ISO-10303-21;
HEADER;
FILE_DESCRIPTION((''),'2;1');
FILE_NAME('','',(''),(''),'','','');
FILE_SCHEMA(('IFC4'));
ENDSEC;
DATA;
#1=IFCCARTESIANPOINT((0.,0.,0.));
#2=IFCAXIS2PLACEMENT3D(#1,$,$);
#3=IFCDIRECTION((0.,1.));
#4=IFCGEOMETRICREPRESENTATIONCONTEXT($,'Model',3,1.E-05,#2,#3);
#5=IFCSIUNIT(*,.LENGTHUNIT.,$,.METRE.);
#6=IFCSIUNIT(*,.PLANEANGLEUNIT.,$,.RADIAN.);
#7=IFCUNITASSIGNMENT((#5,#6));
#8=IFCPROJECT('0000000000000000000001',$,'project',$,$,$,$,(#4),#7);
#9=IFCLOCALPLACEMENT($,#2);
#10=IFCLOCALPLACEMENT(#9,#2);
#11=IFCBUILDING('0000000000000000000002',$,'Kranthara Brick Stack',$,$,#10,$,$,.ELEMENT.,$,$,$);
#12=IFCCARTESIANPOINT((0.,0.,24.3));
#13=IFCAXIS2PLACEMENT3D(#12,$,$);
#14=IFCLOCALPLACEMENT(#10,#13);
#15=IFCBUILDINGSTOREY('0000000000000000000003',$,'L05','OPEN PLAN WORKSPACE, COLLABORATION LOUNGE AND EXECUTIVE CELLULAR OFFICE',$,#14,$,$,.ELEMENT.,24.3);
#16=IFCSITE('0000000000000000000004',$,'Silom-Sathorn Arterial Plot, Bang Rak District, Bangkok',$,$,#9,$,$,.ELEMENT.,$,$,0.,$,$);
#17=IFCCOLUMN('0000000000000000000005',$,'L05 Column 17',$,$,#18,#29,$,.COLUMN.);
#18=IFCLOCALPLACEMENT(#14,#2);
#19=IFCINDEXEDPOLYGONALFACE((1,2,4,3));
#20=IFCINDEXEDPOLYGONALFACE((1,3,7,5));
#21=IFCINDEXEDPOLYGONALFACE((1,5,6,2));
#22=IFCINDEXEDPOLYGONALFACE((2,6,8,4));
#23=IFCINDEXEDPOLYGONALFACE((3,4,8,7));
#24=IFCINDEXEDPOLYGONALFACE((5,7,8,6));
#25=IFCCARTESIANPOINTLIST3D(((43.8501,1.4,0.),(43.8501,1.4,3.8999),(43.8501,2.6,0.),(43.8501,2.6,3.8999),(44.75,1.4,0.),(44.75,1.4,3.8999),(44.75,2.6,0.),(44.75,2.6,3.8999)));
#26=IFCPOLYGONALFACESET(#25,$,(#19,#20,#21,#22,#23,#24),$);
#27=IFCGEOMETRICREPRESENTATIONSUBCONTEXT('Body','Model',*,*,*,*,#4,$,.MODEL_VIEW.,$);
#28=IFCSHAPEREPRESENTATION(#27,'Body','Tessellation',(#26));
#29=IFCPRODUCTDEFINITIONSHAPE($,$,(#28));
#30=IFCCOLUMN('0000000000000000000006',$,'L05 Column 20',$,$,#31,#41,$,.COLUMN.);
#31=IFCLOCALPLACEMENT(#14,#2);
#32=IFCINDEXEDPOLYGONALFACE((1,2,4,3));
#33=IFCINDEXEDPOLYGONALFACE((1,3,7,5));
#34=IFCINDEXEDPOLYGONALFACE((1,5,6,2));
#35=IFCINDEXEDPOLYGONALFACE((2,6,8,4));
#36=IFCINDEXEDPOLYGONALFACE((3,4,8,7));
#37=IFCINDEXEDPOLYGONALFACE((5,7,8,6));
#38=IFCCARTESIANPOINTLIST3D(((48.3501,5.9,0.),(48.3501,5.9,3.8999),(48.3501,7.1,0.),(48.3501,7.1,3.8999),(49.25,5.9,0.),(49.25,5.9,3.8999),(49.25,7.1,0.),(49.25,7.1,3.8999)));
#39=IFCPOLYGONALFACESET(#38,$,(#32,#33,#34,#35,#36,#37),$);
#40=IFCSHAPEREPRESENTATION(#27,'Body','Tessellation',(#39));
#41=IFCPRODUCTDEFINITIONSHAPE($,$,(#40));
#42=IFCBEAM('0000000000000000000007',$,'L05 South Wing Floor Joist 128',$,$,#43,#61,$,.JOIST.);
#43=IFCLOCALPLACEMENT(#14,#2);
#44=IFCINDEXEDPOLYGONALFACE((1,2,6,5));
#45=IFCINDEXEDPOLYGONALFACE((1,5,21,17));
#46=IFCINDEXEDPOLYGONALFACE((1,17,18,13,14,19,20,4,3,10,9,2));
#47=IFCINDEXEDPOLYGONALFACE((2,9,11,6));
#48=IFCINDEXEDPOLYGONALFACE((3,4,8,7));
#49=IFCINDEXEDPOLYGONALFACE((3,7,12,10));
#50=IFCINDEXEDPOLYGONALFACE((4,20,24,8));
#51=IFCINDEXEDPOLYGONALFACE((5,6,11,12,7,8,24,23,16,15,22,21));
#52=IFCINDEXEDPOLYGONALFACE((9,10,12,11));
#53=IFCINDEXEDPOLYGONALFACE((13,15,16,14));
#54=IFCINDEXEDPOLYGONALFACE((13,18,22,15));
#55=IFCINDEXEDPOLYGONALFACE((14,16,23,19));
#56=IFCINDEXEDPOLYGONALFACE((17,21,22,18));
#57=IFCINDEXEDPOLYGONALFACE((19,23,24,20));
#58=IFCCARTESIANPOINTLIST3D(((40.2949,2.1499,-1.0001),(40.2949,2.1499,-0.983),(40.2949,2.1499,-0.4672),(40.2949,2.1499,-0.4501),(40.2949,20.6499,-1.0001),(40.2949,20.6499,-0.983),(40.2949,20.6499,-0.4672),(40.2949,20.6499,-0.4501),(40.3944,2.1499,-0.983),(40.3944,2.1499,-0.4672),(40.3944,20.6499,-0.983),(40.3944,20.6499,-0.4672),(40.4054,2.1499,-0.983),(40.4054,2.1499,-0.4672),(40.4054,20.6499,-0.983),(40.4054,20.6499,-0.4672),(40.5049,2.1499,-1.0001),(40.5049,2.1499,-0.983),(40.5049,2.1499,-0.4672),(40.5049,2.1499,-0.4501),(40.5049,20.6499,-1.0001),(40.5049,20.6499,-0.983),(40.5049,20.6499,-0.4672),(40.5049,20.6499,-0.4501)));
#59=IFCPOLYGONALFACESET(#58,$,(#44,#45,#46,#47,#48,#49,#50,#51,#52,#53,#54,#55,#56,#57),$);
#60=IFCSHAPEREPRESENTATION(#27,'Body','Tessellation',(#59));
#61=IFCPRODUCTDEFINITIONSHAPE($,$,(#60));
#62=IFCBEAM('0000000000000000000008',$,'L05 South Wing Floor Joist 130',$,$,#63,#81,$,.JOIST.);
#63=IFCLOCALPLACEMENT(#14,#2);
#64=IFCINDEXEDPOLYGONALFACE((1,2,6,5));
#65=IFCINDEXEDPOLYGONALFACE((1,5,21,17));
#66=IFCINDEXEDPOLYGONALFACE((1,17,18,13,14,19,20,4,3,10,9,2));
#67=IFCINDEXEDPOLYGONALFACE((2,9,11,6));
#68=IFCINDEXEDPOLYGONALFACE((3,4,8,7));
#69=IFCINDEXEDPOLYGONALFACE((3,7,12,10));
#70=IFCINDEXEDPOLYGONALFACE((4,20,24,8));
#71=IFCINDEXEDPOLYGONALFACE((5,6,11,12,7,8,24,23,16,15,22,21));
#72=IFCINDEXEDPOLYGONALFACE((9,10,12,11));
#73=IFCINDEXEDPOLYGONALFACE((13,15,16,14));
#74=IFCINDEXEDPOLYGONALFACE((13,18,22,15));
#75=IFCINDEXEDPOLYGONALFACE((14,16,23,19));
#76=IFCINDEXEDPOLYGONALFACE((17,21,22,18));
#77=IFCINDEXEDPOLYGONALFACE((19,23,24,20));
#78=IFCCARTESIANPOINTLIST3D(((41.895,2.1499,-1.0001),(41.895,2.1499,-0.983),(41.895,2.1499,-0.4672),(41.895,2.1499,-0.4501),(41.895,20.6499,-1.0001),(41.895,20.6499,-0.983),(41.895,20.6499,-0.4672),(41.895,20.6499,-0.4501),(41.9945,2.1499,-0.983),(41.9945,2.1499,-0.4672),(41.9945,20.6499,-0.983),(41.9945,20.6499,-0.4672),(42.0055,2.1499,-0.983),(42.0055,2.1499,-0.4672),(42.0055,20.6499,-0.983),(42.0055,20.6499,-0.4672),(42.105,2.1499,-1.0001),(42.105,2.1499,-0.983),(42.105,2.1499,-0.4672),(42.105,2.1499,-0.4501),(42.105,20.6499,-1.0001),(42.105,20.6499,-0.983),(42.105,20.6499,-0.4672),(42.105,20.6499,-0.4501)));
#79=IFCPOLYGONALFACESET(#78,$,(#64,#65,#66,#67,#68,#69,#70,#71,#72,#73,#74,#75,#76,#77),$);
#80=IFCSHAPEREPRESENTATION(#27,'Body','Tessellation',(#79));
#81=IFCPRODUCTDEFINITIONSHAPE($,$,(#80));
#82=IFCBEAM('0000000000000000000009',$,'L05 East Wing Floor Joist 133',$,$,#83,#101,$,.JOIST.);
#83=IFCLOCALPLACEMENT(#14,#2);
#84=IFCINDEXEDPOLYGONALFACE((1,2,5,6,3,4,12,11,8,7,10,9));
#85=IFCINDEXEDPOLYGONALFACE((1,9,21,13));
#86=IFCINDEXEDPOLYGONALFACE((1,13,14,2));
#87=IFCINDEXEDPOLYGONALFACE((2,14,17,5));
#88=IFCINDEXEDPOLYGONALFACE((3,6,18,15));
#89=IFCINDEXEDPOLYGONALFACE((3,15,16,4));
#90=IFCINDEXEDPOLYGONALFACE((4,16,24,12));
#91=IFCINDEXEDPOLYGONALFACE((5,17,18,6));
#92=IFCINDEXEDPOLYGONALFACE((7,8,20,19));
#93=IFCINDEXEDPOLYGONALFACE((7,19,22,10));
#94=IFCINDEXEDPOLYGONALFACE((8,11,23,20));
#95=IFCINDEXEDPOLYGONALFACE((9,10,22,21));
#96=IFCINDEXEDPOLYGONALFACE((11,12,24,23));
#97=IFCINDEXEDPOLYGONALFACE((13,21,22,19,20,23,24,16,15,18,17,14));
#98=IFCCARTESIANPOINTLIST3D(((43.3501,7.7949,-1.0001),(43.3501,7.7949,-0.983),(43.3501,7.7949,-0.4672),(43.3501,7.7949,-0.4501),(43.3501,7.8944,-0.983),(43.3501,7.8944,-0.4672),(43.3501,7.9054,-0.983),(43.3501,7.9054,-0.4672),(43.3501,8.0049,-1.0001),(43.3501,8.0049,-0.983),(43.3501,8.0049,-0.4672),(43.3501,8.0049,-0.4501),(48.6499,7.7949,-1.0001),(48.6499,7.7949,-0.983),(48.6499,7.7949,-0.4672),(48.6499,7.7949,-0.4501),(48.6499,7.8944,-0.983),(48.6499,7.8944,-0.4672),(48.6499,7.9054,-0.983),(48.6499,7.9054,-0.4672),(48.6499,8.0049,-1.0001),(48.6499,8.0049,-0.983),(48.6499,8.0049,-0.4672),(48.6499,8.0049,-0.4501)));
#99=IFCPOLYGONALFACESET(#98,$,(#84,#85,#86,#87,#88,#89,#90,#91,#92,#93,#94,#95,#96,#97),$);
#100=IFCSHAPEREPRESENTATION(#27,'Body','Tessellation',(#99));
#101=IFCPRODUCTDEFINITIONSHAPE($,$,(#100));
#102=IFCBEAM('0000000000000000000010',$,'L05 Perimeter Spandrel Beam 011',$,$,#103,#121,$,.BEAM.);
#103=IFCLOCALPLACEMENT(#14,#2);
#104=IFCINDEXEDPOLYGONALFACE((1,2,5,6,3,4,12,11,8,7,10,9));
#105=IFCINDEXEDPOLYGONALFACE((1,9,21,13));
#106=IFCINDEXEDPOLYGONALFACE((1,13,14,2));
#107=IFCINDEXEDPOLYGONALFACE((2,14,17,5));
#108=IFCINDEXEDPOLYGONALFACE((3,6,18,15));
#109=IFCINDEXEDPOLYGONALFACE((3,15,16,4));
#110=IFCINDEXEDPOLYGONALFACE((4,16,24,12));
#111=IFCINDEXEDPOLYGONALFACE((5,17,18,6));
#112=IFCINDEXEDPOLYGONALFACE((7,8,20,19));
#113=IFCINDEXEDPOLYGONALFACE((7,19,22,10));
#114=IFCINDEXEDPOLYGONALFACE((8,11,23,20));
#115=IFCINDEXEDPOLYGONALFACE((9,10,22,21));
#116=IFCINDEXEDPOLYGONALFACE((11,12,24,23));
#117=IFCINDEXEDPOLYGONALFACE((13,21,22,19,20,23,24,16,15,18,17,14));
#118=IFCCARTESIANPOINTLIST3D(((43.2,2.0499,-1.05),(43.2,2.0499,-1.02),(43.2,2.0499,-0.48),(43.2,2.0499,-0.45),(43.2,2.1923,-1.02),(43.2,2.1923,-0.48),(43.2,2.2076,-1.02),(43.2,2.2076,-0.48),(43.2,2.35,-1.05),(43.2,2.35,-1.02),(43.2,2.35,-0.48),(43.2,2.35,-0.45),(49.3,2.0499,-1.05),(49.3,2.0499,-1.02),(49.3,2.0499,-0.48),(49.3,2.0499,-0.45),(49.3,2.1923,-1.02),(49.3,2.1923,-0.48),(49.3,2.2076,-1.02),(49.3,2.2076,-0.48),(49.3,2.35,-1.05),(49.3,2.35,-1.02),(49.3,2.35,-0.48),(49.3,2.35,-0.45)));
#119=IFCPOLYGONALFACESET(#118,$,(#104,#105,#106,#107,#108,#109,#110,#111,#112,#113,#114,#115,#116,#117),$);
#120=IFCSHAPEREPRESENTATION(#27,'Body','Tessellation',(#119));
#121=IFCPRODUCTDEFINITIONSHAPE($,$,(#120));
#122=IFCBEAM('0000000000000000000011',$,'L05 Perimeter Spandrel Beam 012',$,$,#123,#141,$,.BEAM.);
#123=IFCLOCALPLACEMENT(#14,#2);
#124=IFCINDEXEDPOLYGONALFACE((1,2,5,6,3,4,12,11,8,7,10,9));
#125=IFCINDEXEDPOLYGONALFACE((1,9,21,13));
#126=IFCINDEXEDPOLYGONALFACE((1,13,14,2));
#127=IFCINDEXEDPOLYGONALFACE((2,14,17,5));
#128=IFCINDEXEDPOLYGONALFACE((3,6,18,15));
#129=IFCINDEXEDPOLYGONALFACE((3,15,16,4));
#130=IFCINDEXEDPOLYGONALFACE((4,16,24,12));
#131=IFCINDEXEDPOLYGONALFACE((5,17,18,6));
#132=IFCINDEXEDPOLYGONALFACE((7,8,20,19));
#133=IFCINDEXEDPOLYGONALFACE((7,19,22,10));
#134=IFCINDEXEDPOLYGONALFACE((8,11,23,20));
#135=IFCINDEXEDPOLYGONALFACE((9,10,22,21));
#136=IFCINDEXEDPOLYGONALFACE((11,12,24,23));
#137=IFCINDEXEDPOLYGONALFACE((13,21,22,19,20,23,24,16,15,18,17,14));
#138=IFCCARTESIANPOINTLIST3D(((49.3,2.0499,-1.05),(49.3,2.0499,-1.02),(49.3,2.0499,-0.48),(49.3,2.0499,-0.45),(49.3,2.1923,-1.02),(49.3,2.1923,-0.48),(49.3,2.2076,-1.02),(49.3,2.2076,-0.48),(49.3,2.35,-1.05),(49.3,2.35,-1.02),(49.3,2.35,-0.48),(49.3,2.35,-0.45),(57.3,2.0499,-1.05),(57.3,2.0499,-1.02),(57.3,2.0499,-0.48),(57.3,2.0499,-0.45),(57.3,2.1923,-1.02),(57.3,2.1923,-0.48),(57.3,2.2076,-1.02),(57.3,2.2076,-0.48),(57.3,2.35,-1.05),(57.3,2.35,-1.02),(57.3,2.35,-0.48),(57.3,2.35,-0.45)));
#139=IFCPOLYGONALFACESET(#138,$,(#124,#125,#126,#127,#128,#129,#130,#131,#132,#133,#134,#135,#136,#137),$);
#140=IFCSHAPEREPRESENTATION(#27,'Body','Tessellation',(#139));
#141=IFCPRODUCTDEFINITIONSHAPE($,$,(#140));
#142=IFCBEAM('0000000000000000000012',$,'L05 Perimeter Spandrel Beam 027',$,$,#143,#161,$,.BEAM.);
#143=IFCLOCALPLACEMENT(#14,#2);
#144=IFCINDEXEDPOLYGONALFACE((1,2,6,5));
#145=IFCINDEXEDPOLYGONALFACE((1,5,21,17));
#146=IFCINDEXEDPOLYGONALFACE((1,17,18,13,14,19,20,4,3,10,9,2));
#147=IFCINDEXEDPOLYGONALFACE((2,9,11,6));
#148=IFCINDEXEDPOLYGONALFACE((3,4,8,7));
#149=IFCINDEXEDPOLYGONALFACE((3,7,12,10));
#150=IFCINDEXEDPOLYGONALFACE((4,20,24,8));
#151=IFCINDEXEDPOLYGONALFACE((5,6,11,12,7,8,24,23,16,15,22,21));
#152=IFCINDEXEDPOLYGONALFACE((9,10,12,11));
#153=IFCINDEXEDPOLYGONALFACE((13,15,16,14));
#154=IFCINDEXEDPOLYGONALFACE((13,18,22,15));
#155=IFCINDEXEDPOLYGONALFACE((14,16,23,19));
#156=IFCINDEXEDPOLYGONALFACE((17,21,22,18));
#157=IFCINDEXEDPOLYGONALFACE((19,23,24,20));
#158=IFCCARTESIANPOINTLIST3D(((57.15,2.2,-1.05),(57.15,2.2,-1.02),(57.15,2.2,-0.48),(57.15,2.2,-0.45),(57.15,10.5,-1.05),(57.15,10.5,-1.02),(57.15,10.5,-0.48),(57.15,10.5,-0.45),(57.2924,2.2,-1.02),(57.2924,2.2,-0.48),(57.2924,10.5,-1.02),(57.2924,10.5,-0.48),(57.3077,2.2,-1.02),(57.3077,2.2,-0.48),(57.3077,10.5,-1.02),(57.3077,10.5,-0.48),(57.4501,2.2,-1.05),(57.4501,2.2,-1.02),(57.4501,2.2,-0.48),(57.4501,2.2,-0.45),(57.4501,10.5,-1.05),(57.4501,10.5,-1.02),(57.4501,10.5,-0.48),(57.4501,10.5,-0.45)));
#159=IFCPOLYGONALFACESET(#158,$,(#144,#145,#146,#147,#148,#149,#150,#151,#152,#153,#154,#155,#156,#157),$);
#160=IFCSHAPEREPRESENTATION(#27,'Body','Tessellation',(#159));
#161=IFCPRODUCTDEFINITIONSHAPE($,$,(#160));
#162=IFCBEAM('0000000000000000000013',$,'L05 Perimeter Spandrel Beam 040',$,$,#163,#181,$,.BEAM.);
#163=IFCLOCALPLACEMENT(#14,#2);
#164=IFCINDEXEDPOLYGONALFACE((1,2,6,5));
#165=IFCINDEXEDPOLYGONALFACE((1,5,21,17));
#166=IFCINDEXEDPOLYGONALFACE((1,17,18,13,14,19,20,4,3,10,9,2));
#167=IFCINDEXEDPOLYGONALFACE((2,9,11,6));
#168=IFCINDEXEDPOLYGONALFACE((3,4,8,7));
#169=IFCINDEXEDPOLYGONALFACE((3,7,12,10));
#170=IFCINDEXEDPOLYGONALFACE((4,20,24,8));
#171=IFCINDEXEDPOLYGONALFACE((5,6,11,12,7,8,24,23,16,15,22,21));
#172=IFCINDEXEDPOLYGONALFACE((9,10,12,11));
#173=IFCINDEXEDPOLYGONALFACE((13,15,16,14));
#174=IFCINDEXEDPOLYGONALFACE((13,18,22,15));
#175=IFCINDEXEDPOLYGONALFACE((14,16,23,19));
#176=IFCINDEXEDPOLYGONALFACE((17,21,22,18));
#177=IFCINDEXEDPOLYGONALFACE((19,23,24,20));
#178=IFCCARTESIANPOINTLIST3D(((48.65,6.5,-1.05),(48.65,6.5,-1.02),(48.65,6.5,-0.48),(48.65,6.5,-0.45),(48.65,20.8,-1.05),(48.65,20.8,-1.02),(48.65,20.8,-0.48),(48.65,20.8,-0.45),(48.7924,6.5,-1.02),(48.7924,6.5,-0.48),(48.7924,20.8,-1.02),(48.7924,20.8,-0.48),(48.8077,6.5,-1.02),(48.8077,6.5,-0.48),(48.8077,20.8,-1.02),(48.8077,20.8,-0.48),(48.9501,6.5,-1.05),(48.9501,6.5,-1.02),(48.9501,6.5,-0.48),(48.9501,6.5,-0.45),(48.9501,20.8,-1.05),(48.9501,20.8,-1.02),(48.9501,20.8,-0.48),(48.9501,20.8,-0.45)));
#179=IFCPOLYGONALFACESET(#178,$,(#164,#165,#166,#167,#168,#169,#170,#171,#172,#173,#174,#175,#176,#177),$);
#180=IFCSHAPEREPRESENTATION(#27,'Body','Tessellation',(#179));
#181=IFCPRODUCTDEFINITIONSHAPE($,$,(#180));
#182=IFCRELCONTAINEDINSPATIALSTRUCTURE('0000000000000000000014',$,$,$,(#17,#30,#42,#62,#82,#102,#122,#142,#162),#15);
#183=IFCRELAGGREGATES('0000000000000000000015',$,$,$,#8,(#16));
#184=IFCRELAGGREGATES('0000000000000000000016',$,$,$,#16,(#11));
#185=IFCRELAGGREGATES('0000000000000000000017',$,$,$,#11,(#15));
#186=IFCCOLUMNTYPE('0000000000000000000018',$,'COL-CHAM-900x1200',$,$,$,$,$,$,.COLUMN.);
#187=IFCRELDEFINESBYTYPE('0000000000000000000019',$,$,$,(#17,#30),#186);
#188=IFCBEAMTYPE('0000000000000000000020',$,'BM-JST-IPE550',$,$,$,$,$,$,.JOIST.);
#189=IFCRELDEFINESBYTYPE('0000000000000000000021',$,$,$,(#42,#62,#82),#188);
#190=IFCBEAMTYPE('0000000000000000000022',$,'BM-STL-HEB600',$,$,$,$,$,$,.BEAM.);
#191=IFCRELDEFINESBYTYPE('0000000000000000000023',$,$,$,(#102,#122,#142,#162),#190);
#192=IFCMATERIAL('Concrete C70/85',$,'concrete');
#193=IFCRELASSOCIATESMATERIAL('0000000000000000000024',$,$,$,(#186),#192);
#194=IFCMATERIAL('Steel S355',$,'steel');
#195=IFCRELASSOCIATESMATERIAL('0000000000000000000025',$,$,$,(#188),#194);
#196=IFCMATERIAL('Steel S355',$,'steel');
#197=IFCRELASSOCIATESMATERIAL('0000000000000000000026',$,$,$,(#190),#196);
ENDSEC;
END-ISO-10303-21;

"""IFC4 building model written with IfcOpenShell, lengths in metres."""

from ifc_helpers import new_model, si_unit, direction, frame, origin, origin_2d, place, context, subcontext, project, spatial, rectangle, i_section, extrude, material, material_profile, profile_set, type_object, element, save


model = new_model("IFC4")

# Units and contexts
model_context = context("Model", 3, precision=1e-05, world=origin(), true_north=direction((0.0, 1.0)))
body_context = subcontext(model_context, "Body", "Model", "MODEL_VIEW")
ifc_project = project(units=[si_unit("LENGTHUNIT", "METRE"), si_unit("PLANEANGLEUNIT", "RADIAN")], contexts=[model_context])

# Site, building, storey
site_placement = place(None, origin())
site = spatial("IfcSite", under=ifc_project, at=site_placement, Name="Silom-Sathorn Arterial Plot, Bang Rak District, Bangkok", CompositionType="ELEMENT", RefElevation=0.0)
building_placement = place(site_placement, origin())
building = spatial("IfcBuilding", under=site, at=building_placement, Name="Kranthara Brick Stack", CompositionType="ELEMENT")
storey_placement = place(building_placement, frame((0.0, 0.0, 24.3)))
storey = spatial("IfcBuildingStorey", under=building, at=storey_placement, Name="L05", Description="OPEN PLAN WORKSPACE, COLLABORATION LOUNGE AND EXECUTIVE CELLULAR OFFICE", CompositionType="ELEMENT", Elevation=24.3)

# Columns
ifc_material_1 = material(Name="Concrete C70/85", Category="concrete")
ifc_material_profile_1 = material_profile(ifc_material_1, rectangle(XDim=0.8999, YDim=1.2, at=origin_2d()), Name="RC 900x1200")
ifc_profile_set_1 = profile_set([ifc_material_profile_1], Name="Concrete C70/85")
column_type = type_object("IfcColumnType", Name="COL-CHAM-900x1200", PredefinedType="COLUMN", material=ifc_profile_set_1)
for number, where, z_axis, x_axis, name in (
    (1, (44.3, 2.0, 0.0), (0.0, 0.0, 1.0), (1.0, 0.0, 0.0), "L05 Column 17"),
    (2, (48.8, 6.5, 0.0), (0.0, 0.0, 1.0), (1.0, 0.0, 0.0), "L05 Column 20"),
):
    element("IfcColumn", number, at=place(storey_placement, frame(where, z_axis=z_axis, x_axis=x_axis)), inside=storey, type_object=column_type, Name=name, PredefinedType="COLUMN", context=body_context, shape_type="SweptSolid", body=[
        extrude(rectangle(XDim=0.8999, YDim=1.2, at=origin_2d()), origin(), (0.0, 0.0, 1.0), 3.8999),
    ])

# Beams
ifc_material_2 = material(Name="Steel S355", Category="steel")
ifc_material_profile_2 = material_profile(ifc_material_2, i_section(OverallWidth=0.21, OverallDepth=0.55, WebThickness=0.011, FlangeThickness=0.0171, at=origin_2d()), Name="IPE 550")
ifc_profile_set_2 = profile_set([ifc_material_profile_2], Name="Steel S355")
beam_type_1 = type_object("IfcBeamType", Name="BM-JST-IPE550", PredefinedType="JOIST", material=ifc_profile_set_2)
for number, where, z_axis, x_axis, name in (
    (3, (40.3999, 2.1499, -0.7251), (0.0, 1.0, 0.0), (-1.0, 0.0, 0.0), "L05 South Wing Floor Joist 128"),
    (4, (42.0, 2.1499, -0.7251), (0.0, 1.0, 0.0), (-1.0, 0.0, 0.0), "L05 South Wing Floor Joist 130"),
):
    element("IfcBeam", number, at=place(storey_placement, frame(where, z_axis=z_axis, x_axis=x_axis)), inside=storey, type_object=beam_type_1, Name=name, PredefinedType="JOIST", context=body_context, shape_type="SweptSolid", body=[
        extrude(i_section(OverallWidth=0.21, OverallDepth=0.55, WebThickness=0.011, FlangeThickness=0.0171, at=origin_2d()), origin(), (0.0, 0.0, 1.0), 18.5),
    ])
beam_1_placement = place(storey_placement, frame((43.3501, 7.8999, -0.7251), z_axis=(1.0, 0.0, 0.0), x_axis=(0.0, 1.0, 0.0)))
element("IfcBeam", 5, at=beam_1_placement, inside=storey, type_object=beam_type_1, Name="L05 East Wing Floor Joist 133", PredefinedType="JOIST", context=body_context, shape_type="SweptSolid", body=[
    extrude(i_section(OverallWidth=0.21, OverallDepth=0.55, WebThickness=0.011, FlangeThickness=0.0171, at=origin_2d()), origin(), (0.0, 0.0, 1.0), 5.2998),
])
ifc_material_3 = material(Name="Steel S355", Category="steel")
ifc_material_profile_3 = material_profile(ifc_material_3, i_section(OverallWidth=0.3, OverallDepth=0.6001, WebThickness=0.0154, FlangeThickness=0.03, at=origin_2d()), Name="HEB 600")
ifc_profile_set_3 = profile_set([ifc_material_profile_3], Name="Steel S355")
beam_type_2 = type_object("IfcBeamType", Name="BM-STL-HEB600", PredefinedType="BEAM", material=ifc_profile_set_3)
beam_2_placement = place(storey_placement, frame((43.2, 2.2, -0.75), z_axis=(1.0, 0.0, 0.0), x_axis=(0.0, 1.0, 0.0)))
element("IfcBeam", 6, at=beam_2_placement, inside=storey, type_object=beam_type_2, Name="L05 Perimeter Spandrel Beam 011", PredefinedType="BEAM", context=body_context, shape_type="SweptSolid", body=[
    extrude(i_section(OverallWidth=0.3, OverallDepth=0.6001, WebThickness=0.0154, FlangeThickness=0.03, at=origin_2d()), origin(), (0.0, 0.0, 1.0), 6.1001),
])
beam_3_placement = place(storey_placement, frame((49.3, 2.2, -0.75), z_axis=(1.0, 0.0, 0.0), x_axis=(0.0, 1.0, 0.0)))
element("IfcBeam", 7, at=beam_3_placement, inside=storey, type_object=beam_type_2, Name="L05 Perimeter Spandrel Beam 012", PredefinedType="BEAM", context=body_context, shape_type="SweptSolid", body=[
    extrude(i_section(OverallWidth=0.3, OverallDepth=0.6001, WebThickness=0.0154, FlangeThickness=0.03, at=origin_2d()), origin(), (0.0, 0.0, 1.0), 8.0),
])
beam_4_placement = place(storey_placement, frame((57.3, 2.2, -0.75), z_axis=(0.0, 1.0, 0.0), x_axis=(-1.0, 0.0, 0.0)))
element("IfcBeam", 8, at=beam_4_placement, inside=storey, type_object=beam_type_2, Name="L05 Perimeter Spandrel Beam 027", PredefinedType="BEAM", context=body_context, shape_type="SweptSolid", body=[
    extrude(i_section(OverallWidth=0.3, OverallDepth=0.6001, WebThickness=0.0154, FlangeThickness=0.03, at=origin_2d()), origin(), (0.0, 0.0, 1.0), 8.3),
])
beam_5_placement = place(storey_placement, frame((48.8, 6.5, -0.75), z_axis=(0.0, 1.0, 0.0), x_axis=(-1.0, 0.0, 0.0)))
element("IfcBeam", 9, at=beam_5_placement, inside=storey, type_object=beam_type_2, Name="L05 Perimeter Spandrel Beam 040", PredefinedType="BEAM", context=body_context, shape_type="SweptSolid", body=[
    extrude(i_section(OverallWidth=0.3, OverallDepth=0.6001, WebThickness=0.0154, FlangeThickness=0.03, at=origin_2d()), origin(), (0.0, 0.0, 1.0), 14.3),
])

save(model, "model.ifc")
